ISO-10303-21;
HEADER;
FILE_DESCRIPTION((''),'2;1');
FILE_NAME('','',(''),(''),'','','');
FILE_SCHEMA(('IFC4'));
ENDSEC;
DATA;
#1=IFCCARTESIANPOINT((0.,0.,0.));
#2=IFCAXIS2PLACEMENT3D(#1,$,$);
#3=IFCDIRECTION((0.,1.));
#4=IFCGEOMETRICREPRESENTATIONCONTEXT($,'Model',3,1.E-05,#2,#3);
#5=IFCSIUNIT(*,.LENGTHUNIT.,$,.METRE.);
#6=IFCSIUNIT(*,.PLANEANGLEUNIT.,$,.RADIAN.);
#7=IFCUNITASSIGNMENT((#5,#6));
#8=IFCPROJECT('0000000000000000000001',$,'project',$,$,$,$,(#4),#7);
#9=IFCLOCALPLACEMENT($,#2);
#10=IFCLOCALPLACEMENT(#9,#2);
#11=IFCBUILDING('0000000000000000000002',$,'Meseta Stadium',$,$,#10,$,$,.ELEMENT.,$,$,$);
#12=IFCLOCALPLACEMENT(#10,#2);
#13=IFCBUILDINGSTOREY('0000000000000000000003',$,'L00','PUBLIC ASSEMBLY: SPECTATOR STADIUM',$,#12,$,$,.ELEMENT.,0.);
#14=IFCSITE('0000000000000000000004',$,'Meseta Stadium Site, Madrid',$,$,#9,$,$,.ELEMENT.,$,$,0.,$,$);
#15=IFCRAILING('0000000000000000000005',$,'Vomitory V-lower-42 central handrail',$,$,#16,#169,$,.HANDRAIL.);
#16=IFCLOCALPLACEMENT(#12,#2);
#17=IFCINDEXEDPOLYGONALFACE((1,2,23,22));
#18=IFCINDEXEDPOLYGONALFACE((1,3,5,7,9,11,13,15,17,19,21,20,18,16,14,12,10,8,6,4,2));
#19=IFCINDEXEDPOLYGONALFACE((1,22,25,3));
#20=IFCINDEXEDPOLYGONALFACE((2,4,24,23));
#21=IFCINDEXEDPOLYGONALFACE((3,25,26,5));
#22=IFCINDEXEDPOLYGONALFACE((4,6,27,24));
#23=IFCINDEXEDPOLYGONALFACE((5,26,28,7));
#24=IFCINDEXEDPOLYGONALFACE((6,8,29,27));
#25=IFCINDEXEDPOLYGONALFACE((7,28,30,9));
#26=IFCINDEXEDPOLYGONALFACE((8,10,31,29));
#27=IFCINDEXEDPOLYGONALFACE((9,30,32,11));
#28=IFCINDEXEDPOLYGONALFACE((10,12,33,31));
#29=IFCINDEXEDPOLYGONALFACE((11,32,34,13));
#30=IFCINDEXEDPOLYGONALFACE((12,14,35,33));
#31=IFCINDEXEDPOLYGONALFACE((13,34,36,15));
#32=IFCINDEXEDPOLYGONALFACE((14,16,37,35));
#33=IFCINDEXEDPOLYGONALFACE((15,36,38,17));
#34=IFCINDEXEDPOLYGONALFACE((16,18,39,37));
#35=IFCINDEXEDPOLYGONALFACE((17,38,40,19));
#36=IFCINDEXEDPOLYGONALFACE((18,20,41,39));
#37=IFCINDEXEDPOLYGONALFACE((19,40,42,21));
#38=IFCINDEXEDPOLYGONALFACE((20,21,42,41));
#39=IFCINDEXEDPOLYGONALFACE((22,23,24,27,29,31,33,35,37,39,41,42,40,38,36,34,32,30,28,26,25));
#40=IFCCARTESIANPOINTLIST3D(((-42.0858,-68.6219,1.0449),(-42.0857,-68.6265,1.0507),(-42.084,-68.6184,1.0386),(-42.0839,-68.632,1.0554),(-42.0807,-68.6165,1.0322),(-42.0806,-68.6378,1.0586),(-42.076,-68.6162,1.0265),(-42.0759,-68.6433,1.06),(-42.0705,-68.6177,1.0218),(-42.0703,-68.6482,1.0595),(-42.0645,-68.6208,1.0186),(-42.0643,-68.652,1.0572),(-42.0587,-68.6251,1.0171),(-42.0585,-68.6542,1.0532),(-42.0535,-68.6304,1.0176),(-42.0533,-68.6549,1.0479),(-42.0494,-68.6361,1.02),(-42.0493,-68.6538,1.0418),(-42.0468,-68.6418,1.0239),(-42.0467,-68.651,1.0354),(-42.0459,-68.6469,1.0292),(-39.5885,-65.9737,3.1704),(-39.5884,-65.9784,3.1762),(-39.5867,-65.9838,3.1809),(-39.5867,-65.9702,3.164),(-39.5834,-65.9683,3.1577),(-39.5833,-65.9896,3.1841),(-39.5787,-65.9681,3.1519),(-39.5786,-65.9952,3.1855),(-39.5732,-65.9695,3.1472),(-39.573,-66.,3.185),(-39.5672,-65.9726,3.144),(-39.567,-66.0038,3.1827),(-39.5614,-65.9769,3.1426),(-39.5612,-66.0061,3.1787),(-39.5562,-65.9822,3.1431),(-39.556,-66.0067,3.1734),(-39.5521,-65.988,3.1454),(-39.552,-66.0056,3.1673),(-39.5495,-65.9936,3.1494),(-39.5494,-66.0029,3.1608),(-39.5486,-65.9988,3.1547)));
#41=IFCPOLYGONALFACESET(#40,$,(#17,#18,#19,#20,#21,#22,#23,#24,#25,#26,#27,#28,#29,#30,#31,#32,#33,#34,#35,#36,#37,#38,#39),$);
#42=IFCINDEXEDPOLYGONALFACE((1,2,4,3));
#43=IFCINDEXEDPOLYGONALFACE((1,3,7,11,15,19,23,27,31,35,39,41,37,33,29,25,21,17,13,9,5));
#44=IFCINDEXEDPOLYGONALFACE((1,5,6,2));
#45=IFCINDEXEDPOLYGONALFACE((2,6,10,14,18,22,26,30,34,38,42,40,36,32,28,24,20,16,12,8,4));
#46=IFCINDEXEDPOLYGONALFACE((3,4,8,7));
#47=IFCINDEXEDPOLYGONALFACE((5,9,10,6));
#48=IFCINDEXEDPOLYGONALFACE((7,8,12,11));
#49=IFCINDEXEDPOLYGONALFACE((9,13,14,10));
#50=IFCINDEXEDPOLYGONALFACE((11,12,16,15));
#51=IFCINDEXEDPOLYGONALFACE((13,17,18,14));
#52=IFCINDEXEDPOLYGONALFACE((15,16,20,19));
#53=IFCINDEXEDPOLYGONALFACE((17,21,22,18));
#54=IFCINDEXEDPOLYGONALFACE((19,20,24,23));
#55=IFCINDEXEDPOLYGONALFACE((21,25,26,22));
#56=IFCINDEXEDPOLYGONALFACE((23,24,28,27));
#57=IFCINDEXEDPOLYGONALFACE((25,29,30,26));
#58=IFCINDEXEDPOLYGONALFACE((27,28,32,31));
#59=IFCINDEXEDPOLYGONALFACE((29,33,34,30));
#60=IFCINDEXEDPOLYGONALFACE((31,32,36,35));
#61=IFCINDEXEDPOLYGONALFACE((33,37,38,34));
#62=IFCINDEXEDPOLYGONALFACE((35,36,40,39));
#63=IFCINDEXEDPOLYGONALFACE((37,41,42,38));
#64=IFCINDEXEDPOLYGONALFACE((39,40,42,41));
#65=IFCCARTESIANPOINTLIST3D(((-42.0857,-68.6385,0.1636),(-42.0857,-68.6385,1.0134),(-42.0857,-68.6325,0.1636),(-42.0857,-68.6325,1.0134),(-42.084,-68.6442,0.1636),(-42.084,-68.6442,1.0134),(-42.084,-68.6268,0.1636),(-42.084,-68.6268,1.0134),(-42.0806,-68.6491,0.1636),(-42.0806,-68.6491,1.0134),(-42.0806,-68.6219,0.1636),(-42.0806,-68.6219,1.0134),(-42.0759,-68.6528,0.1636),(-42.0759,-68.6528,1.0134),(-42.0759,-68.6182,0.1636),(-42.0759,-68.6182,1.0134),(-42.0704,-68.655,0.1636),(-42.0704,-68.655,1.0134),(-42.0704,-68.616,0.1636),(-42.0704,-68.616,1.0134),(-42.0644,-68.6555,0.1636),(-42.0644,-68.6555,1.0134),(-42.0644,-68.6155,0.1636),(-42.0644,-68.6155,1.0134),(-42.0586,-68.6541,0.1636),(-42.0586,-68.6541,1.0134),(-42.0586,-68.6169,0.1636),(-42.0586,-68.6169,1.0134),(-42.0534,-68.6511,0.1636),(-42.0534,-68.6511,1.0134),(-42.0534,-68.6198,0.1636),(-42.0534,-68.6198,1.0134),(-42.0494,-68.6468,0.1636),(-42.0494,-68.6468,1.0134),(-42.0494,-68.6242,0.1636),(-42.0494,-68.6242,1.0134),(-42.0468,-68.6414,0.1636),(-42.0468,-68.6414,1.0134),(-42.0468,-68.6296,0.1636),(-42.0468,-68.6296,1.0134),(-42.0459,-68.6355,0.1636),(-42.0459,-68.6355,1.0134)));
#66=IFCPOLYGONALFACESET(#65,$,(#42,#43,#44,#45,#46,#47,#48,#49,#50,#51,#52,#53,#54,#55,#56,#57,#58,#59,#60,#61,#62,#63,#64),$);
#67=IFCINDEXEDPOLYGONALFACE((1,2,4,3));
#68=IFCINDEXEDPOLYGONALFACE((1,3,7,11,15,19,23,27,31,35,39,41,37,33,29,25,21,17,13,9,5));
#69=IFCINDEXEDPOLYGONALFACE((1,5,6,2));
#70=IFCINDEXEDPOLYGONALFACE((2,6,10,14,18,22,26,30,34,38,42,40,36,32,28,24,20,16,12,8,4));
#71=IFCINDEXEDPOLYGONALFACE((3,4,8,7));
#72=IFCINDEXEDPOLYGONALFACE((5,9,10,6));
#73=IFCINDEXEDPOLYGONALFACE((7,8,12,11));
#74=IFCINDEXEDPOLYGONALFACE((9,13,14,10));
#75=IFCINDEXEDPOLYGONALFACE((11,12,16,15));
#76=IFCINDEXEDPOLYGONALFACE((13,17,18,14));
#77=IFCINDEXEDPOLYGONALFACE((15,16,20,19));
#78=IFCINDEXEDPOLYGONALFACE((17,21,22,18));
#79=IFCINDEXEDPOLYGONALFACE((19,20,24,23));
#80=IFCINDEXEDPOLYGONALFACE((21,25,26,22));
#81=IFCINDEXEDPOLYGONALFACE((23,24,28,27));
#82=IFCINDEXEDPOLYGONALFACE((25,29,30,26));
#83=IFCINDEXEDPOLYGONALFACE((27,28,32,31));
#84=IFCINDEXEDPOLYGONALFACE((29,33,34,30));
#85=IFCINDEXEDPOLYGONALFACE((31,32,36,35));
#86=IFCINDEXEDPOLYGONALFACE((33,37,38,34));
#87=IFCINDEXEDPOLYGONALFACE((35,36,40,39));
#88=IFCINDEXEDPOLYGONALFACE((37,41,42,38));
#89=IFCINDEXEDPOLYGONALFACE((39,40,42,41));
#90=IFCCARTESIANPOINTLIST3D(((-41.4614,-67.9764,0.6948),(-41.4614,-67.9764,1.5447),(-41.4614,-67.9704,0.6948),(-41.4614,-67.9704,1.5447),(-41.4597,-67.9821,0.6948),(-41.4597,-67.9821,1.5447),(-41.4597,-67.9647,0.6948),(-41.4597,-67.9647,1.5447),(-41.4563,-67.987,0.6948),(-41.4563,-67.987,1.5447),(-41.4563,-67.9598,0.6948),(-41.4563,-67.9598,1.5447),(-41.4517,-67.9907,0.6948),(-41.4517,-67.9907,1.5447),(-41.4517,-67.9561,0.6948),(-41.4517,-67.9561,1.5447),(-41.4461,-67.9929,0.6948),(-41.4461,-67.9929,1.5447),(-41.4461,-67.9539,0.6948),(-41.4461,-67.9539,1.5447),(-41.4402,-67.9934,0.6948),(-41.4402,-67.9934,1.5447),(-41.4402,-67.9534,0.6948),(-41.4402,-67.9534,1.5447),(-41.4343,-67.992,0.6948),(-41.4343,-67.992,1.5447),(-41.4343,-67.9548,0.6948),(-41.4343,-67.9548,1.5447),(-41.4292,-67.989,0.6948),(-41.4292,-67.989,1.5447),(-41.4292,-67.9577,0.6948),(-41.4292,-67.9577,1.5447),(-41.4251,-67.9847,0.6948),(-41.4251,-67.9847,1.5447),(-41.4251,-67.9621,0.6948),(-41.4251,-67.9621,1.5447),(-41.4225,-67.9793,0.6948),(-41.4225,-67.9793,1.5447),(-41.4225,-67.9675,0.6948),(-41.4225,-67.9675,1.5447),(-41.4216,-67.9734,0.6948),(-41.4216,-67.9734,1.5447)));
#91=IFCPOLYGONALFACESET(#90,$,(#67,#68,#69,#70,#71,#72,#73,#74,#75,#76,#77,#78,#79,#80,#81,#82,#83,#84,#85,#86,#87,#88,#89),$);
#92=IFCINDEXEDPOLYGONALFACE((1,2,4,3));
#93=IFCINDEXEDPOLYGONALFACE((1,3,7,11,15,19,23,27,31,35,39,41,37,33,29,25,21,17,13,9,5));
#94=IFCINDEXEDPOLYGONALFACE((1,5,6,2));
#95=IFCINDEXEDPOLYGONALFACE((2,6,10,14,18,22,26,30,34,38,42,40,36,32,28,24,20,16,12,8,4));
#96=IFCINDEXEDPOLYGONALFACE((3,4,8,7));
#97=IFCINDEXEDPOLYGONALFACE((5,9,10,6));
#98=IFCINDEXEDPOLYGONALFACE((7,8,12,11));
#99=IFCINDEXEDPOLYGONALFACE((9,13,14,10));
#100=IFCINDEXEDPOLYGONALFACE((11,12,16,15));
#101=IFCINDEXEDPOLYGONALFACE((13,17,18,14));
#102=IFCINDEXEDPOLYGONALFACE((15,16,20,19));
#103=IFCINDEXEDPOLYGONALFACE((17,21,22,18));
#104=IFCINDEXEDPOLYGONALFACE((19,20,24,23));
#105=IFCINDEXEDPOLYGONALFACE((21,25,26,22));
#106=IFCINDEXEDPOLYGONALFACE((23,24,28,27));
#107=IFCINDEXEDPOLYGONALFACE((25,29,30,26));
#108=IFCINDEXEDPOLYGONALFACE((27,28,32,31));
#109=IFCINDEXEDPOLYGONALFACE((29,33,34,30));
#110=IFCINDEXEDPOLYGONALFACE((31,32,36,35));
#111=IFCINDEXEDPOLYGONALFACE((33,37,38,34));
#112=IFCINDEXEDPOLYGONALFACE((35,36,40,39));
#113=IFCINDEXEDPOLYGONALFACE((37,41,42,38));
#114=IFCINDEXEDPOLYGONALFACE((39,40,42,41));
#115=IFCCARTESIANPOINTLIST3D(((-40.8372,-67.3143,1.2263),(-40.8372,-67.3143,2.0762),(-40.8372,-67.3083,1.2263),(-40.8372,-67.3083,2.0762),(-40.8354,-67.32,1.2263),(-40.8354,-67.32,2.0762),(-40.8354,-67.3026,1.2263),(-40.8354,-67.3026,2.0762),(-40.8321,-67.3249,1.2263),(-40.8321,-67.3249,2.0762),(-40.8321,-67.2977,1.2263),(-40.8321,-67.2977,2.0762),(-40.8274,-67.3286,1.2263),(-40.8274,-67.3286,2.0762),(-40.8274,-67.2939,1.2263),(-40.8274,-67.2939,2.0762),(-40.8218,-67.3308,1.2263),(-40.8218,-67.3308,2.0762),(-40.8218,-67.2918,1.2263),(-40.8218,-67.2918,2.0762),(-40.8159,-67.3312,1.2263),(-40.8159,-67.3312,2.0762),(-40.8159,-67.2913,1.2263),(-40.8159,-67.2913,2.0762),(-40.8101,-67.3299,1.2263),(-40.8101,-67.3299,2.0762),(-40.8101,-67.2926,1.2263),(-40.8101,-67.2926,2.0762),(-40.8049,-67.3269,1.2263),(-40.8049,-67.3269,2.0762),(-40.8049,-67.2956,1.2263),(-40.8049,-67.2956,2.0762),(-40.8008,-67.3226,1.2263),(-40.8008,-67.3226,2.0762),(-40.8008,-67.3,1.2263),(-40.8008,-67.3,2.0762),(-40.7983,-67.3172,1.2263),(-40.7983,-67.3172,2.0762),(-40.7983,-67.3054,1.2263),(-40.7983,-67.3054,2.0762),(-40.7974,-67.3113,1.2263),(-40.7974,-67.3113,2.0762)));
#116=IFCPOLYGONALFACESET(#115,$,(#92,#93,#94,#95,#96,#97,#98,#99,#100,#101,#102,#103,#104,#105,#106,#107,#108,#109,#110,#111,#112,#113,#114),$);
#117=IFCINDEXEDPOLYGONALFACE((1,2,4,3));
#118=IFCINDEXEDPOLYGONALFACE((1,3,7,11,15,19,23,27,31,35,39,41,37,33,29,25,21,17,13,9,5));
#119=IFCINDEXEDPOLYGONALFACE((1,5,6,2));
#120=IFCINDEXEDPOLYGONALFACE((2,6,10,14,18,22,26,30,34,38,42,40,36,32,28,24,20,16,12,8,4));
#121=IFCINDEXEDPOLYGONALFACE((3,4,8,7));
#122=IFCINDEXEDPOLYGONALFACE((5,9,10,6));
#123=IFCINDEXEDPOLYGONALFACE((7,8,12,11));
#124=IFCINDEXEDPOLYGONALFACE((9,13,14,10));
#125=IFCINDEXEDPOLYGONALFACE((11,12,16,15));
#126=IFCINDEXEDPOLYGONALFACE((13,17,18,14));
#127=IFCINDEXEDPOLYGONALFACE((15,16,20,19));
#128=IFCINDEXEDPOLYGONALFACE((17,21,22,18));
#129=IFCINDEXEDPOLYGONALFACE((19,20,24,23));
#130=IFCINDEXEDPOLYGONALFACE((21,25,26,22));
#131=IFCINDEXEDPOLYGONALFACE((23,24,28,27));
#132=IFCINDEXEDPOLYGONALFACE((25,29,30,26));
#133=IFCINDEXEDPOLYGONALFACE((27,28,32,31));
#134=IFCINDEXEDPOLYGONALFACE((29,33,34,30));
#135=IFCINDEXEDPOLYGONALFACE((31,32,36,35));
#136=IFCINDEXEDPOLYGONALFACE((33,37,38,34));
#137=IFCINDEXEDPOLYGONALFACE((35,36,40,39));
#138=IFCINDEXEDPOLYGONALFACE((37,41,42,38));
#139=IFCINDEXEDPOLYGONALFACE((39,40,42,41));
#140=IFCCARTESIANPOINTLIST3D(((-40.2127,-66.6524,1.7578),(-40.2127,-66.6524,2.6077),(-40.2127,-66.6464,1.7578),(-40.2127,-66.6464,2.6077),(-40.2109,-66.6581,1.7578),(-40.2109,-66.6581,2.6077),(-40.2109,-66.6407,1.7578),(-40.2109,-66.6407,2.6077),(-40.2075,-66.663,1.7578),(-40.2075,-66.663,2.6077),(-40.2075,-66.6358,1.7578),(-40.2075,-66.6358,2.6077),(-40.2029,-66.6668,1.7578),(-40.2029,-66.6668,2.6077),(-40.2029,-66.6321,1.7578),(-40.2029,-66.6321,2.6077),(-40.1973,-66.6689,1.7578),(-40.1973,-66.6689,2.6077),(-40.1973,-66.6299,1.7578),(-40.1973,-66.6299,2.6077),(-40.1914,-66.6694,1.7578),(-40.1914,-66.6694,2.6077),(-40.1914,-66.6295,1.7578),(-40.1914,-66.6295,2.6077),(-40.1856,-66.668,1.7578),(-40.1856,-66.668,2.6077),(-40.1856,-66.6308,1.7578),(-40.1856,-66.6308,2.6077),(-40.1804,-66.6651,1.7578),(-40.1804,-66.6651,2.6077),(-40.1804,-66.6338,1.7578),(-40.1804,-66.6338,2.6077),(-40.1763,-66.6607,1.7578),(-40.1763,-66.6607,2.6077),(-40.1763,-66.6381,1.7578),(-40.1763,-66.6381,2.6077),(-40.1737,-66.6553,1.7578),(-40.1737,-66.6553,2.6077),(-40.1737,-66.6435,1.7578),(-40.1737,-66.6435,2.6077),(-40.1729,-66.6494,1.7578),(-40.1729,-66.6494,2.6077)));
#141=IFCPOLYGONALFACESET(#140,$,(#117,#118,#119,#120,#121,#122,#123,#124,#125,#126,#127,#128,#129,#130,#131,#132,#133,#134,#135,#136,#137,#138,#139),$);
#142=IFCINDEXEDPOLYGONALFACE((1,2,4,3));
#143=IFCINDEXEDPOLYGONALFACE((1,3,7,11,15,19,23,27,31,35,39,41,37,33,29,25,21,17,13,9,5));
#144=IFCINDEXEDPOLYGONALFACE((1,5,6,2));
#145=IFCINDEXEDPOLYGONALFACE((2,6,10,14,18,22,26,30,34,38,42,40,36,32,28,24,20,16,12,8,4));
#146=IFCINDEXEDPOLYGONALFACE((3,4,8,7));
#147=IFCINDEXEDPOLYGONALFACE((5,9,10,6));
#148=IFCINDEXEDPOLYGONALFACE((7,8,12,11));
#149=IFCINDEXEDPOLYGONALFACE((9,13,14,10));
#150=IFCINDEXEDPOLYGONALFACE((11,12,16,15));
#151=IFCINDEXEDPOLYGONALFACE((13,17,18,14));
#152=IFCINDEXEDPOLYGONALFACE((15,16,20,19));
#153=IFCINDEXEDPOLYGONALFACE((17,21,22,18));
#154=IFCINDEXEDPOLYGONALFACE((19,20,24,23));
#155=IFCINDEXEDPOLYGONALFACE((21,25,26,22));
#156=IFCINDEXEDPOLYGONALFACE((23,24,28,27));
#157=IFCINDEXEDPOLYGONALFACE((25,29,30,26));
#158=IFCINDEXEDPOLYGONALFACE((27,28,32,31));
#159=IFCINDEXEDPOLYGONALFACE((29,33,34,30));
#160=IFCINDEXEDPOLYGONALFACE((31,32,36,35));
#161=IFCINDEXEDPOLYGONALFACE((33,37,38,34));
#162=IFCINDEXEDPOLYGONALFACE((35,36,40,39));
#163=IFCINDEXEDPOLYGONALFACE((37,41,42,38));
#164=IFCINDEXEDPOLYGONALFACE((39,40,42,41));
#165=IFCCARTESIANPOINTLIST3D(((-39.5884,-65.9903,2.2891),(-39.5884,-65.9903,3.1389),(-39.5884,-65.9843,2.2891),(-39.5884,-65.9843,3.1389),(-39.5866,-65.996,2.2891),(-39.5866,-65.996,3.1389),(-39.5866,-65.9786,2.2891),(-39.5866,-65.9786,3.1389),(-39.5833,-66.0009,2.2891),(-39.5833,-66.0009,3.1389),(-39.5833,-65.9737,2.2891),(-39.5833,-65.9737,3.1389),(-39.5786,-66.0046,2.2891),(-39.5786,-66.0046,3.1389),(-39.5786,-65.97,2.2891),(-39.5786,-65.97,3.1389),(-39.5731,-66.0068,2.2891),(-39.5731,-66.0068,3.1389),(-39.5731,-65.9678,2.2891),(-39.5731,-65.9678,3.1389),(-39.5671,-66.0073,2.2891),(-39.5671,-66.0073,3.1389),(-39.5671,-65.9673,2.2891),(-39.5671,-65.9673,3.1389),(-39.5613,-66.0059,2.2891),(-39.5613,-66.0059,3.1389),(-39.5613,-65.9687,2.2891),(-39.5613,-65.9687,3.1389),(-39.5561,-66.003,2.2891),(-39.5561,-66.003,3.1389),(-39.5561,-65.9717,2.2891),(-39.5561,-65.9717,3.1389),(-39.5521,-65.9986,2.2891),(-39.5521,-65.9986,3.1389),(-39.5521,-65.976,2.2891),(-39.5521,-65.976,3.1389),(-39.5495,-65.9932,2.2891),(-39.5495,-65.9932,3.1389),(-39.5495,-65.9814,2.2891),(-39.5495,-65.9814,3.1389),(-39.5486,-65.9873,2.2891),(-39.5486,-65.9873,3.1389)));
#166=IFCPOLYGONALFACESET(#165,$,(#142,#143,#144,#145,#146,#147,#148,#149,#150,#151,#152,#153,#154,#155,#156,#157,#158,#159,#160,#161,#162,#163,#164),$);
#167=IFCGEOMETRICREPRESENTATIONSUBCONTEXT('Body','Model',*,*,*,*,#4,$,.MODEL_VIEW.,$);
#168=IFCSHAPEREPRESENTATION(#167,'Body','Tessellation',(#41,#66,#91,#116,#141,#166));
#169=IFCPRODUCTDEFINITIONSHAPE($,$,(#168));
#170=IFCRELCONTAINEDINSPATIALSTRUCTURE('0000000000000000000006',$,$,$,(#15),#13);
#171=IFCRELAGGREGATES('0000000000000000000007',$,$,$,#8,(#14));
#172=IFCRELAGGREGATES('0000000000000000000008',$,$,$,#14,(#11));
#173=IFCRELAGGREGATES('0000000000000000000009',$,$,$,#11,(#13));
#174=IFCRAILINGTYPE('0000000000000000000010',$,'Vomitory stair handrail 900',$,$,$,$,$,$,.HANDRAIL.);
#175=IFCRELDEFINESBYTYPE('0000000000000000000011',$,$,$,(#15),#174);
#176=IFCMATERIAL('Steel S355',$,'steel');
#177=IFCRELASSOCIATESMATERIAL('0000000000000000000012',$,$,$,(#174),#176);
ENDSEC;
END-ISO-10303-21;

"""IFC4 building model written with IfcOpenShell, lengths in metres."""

from ifc_helpers import new_model, si_unit, direction, frame, origin, origin_2d, place, context, subcontext, project, spatial, circle, extrude, material, type_object, element, save


model = new_model("IFC4")

# Units and contexts
model_context = context("Model", 3, precision=1e-05, world=origin(), true_north=direction((0.0, 1.0)))
body_context = subcontext(model_context, "Body", "Model", "MODEL_VIEW")
ifc_project = project(units=[si_unit("LENGTHUNIT", "METRE"), si_unit("PLANEANGLEUNIT", "RADIAN")], contexts=[model_context])

# Site, building, storey
site_placement = place(None, origin())
site = spatial("IfcSite", under=ifc_project, at=site_placement, Name="Meseta Stadium Site, Madrid", CompositionType="ELEMENT", RefElevation=0.0)
building_placement = place(site_placement, origin())
building = spatial("IfcBuilding", under=site, at=building_placement, Name="Meseta Stadium", CompositionType="ELEMENT")
storey_placement = place(building_placement, origin())
storey = spatial("IfcBuildingStorey", under=building, at=storey_placement, Name="L00", Description="PUBLIC ASSEMBLY: SPECTATOR STADIUM", CompositionType="ELEMENT", Elevation=0.0)

# Railing
ifc_material_1 = material(Name="Steel S355", Category="steel")
railing_type_1 = type_object("IfcRailingType", Name="Vomitory stair handrail 900", PredefinedType="HANDRAIL", material=ifc_material_1)
railing_1_placement = place(storey_placement, frame((-42.0659, -68.6355, 0.1636)))
element("IfcRailing", 1, at=railing_1_placement, inside=storey, type_object=railing_type_1, Name="Vomitory V-lower-42 central handrail", PredefinedType="HANDRAIL", context=body_context, shape_type="SweptSolid", body=[
    extrude(circle(Radius=0.0249, at=origin_2d()), frame((0.0, 0.0, 0.875), z_axis=(0.592466, 0.628261, 0.504254), x_axis=(-0.727528, 0.686078, 0.0)), (0.0, 0.0, 1.0), 4.2151),
    extrude(circle(Radius=0.02, at=origin_2d()), origin(), (0.0, 0.0, 1.0), 0.8499),
    extrude(circle(Radius=0.02, at=origin_2d()), frame((0.6243, 0.6621, 0.5312)), (0.0, 0.0, 1.0), 0.8499),
    extrude(circle(Radius=0.02, at=origin_2d()), frame((1.2485, 1.3242, 1.0627)), (0.0, 0.0, 1.0), 0.8499),
    extrude(circle(Radius=0.02, at=origin_2d()), frame((1.873, 1.9861, 1.5942)), (0.0, 0.0, 1.0), 0.8499),
    extrude(circle(Radius=0.02, at=origin_2d()), frame((2.4973, 2.6482, 2.1255)), (0.0, 0.0, 1.0), 0.8499),
])

save(model, "model.ifc")
